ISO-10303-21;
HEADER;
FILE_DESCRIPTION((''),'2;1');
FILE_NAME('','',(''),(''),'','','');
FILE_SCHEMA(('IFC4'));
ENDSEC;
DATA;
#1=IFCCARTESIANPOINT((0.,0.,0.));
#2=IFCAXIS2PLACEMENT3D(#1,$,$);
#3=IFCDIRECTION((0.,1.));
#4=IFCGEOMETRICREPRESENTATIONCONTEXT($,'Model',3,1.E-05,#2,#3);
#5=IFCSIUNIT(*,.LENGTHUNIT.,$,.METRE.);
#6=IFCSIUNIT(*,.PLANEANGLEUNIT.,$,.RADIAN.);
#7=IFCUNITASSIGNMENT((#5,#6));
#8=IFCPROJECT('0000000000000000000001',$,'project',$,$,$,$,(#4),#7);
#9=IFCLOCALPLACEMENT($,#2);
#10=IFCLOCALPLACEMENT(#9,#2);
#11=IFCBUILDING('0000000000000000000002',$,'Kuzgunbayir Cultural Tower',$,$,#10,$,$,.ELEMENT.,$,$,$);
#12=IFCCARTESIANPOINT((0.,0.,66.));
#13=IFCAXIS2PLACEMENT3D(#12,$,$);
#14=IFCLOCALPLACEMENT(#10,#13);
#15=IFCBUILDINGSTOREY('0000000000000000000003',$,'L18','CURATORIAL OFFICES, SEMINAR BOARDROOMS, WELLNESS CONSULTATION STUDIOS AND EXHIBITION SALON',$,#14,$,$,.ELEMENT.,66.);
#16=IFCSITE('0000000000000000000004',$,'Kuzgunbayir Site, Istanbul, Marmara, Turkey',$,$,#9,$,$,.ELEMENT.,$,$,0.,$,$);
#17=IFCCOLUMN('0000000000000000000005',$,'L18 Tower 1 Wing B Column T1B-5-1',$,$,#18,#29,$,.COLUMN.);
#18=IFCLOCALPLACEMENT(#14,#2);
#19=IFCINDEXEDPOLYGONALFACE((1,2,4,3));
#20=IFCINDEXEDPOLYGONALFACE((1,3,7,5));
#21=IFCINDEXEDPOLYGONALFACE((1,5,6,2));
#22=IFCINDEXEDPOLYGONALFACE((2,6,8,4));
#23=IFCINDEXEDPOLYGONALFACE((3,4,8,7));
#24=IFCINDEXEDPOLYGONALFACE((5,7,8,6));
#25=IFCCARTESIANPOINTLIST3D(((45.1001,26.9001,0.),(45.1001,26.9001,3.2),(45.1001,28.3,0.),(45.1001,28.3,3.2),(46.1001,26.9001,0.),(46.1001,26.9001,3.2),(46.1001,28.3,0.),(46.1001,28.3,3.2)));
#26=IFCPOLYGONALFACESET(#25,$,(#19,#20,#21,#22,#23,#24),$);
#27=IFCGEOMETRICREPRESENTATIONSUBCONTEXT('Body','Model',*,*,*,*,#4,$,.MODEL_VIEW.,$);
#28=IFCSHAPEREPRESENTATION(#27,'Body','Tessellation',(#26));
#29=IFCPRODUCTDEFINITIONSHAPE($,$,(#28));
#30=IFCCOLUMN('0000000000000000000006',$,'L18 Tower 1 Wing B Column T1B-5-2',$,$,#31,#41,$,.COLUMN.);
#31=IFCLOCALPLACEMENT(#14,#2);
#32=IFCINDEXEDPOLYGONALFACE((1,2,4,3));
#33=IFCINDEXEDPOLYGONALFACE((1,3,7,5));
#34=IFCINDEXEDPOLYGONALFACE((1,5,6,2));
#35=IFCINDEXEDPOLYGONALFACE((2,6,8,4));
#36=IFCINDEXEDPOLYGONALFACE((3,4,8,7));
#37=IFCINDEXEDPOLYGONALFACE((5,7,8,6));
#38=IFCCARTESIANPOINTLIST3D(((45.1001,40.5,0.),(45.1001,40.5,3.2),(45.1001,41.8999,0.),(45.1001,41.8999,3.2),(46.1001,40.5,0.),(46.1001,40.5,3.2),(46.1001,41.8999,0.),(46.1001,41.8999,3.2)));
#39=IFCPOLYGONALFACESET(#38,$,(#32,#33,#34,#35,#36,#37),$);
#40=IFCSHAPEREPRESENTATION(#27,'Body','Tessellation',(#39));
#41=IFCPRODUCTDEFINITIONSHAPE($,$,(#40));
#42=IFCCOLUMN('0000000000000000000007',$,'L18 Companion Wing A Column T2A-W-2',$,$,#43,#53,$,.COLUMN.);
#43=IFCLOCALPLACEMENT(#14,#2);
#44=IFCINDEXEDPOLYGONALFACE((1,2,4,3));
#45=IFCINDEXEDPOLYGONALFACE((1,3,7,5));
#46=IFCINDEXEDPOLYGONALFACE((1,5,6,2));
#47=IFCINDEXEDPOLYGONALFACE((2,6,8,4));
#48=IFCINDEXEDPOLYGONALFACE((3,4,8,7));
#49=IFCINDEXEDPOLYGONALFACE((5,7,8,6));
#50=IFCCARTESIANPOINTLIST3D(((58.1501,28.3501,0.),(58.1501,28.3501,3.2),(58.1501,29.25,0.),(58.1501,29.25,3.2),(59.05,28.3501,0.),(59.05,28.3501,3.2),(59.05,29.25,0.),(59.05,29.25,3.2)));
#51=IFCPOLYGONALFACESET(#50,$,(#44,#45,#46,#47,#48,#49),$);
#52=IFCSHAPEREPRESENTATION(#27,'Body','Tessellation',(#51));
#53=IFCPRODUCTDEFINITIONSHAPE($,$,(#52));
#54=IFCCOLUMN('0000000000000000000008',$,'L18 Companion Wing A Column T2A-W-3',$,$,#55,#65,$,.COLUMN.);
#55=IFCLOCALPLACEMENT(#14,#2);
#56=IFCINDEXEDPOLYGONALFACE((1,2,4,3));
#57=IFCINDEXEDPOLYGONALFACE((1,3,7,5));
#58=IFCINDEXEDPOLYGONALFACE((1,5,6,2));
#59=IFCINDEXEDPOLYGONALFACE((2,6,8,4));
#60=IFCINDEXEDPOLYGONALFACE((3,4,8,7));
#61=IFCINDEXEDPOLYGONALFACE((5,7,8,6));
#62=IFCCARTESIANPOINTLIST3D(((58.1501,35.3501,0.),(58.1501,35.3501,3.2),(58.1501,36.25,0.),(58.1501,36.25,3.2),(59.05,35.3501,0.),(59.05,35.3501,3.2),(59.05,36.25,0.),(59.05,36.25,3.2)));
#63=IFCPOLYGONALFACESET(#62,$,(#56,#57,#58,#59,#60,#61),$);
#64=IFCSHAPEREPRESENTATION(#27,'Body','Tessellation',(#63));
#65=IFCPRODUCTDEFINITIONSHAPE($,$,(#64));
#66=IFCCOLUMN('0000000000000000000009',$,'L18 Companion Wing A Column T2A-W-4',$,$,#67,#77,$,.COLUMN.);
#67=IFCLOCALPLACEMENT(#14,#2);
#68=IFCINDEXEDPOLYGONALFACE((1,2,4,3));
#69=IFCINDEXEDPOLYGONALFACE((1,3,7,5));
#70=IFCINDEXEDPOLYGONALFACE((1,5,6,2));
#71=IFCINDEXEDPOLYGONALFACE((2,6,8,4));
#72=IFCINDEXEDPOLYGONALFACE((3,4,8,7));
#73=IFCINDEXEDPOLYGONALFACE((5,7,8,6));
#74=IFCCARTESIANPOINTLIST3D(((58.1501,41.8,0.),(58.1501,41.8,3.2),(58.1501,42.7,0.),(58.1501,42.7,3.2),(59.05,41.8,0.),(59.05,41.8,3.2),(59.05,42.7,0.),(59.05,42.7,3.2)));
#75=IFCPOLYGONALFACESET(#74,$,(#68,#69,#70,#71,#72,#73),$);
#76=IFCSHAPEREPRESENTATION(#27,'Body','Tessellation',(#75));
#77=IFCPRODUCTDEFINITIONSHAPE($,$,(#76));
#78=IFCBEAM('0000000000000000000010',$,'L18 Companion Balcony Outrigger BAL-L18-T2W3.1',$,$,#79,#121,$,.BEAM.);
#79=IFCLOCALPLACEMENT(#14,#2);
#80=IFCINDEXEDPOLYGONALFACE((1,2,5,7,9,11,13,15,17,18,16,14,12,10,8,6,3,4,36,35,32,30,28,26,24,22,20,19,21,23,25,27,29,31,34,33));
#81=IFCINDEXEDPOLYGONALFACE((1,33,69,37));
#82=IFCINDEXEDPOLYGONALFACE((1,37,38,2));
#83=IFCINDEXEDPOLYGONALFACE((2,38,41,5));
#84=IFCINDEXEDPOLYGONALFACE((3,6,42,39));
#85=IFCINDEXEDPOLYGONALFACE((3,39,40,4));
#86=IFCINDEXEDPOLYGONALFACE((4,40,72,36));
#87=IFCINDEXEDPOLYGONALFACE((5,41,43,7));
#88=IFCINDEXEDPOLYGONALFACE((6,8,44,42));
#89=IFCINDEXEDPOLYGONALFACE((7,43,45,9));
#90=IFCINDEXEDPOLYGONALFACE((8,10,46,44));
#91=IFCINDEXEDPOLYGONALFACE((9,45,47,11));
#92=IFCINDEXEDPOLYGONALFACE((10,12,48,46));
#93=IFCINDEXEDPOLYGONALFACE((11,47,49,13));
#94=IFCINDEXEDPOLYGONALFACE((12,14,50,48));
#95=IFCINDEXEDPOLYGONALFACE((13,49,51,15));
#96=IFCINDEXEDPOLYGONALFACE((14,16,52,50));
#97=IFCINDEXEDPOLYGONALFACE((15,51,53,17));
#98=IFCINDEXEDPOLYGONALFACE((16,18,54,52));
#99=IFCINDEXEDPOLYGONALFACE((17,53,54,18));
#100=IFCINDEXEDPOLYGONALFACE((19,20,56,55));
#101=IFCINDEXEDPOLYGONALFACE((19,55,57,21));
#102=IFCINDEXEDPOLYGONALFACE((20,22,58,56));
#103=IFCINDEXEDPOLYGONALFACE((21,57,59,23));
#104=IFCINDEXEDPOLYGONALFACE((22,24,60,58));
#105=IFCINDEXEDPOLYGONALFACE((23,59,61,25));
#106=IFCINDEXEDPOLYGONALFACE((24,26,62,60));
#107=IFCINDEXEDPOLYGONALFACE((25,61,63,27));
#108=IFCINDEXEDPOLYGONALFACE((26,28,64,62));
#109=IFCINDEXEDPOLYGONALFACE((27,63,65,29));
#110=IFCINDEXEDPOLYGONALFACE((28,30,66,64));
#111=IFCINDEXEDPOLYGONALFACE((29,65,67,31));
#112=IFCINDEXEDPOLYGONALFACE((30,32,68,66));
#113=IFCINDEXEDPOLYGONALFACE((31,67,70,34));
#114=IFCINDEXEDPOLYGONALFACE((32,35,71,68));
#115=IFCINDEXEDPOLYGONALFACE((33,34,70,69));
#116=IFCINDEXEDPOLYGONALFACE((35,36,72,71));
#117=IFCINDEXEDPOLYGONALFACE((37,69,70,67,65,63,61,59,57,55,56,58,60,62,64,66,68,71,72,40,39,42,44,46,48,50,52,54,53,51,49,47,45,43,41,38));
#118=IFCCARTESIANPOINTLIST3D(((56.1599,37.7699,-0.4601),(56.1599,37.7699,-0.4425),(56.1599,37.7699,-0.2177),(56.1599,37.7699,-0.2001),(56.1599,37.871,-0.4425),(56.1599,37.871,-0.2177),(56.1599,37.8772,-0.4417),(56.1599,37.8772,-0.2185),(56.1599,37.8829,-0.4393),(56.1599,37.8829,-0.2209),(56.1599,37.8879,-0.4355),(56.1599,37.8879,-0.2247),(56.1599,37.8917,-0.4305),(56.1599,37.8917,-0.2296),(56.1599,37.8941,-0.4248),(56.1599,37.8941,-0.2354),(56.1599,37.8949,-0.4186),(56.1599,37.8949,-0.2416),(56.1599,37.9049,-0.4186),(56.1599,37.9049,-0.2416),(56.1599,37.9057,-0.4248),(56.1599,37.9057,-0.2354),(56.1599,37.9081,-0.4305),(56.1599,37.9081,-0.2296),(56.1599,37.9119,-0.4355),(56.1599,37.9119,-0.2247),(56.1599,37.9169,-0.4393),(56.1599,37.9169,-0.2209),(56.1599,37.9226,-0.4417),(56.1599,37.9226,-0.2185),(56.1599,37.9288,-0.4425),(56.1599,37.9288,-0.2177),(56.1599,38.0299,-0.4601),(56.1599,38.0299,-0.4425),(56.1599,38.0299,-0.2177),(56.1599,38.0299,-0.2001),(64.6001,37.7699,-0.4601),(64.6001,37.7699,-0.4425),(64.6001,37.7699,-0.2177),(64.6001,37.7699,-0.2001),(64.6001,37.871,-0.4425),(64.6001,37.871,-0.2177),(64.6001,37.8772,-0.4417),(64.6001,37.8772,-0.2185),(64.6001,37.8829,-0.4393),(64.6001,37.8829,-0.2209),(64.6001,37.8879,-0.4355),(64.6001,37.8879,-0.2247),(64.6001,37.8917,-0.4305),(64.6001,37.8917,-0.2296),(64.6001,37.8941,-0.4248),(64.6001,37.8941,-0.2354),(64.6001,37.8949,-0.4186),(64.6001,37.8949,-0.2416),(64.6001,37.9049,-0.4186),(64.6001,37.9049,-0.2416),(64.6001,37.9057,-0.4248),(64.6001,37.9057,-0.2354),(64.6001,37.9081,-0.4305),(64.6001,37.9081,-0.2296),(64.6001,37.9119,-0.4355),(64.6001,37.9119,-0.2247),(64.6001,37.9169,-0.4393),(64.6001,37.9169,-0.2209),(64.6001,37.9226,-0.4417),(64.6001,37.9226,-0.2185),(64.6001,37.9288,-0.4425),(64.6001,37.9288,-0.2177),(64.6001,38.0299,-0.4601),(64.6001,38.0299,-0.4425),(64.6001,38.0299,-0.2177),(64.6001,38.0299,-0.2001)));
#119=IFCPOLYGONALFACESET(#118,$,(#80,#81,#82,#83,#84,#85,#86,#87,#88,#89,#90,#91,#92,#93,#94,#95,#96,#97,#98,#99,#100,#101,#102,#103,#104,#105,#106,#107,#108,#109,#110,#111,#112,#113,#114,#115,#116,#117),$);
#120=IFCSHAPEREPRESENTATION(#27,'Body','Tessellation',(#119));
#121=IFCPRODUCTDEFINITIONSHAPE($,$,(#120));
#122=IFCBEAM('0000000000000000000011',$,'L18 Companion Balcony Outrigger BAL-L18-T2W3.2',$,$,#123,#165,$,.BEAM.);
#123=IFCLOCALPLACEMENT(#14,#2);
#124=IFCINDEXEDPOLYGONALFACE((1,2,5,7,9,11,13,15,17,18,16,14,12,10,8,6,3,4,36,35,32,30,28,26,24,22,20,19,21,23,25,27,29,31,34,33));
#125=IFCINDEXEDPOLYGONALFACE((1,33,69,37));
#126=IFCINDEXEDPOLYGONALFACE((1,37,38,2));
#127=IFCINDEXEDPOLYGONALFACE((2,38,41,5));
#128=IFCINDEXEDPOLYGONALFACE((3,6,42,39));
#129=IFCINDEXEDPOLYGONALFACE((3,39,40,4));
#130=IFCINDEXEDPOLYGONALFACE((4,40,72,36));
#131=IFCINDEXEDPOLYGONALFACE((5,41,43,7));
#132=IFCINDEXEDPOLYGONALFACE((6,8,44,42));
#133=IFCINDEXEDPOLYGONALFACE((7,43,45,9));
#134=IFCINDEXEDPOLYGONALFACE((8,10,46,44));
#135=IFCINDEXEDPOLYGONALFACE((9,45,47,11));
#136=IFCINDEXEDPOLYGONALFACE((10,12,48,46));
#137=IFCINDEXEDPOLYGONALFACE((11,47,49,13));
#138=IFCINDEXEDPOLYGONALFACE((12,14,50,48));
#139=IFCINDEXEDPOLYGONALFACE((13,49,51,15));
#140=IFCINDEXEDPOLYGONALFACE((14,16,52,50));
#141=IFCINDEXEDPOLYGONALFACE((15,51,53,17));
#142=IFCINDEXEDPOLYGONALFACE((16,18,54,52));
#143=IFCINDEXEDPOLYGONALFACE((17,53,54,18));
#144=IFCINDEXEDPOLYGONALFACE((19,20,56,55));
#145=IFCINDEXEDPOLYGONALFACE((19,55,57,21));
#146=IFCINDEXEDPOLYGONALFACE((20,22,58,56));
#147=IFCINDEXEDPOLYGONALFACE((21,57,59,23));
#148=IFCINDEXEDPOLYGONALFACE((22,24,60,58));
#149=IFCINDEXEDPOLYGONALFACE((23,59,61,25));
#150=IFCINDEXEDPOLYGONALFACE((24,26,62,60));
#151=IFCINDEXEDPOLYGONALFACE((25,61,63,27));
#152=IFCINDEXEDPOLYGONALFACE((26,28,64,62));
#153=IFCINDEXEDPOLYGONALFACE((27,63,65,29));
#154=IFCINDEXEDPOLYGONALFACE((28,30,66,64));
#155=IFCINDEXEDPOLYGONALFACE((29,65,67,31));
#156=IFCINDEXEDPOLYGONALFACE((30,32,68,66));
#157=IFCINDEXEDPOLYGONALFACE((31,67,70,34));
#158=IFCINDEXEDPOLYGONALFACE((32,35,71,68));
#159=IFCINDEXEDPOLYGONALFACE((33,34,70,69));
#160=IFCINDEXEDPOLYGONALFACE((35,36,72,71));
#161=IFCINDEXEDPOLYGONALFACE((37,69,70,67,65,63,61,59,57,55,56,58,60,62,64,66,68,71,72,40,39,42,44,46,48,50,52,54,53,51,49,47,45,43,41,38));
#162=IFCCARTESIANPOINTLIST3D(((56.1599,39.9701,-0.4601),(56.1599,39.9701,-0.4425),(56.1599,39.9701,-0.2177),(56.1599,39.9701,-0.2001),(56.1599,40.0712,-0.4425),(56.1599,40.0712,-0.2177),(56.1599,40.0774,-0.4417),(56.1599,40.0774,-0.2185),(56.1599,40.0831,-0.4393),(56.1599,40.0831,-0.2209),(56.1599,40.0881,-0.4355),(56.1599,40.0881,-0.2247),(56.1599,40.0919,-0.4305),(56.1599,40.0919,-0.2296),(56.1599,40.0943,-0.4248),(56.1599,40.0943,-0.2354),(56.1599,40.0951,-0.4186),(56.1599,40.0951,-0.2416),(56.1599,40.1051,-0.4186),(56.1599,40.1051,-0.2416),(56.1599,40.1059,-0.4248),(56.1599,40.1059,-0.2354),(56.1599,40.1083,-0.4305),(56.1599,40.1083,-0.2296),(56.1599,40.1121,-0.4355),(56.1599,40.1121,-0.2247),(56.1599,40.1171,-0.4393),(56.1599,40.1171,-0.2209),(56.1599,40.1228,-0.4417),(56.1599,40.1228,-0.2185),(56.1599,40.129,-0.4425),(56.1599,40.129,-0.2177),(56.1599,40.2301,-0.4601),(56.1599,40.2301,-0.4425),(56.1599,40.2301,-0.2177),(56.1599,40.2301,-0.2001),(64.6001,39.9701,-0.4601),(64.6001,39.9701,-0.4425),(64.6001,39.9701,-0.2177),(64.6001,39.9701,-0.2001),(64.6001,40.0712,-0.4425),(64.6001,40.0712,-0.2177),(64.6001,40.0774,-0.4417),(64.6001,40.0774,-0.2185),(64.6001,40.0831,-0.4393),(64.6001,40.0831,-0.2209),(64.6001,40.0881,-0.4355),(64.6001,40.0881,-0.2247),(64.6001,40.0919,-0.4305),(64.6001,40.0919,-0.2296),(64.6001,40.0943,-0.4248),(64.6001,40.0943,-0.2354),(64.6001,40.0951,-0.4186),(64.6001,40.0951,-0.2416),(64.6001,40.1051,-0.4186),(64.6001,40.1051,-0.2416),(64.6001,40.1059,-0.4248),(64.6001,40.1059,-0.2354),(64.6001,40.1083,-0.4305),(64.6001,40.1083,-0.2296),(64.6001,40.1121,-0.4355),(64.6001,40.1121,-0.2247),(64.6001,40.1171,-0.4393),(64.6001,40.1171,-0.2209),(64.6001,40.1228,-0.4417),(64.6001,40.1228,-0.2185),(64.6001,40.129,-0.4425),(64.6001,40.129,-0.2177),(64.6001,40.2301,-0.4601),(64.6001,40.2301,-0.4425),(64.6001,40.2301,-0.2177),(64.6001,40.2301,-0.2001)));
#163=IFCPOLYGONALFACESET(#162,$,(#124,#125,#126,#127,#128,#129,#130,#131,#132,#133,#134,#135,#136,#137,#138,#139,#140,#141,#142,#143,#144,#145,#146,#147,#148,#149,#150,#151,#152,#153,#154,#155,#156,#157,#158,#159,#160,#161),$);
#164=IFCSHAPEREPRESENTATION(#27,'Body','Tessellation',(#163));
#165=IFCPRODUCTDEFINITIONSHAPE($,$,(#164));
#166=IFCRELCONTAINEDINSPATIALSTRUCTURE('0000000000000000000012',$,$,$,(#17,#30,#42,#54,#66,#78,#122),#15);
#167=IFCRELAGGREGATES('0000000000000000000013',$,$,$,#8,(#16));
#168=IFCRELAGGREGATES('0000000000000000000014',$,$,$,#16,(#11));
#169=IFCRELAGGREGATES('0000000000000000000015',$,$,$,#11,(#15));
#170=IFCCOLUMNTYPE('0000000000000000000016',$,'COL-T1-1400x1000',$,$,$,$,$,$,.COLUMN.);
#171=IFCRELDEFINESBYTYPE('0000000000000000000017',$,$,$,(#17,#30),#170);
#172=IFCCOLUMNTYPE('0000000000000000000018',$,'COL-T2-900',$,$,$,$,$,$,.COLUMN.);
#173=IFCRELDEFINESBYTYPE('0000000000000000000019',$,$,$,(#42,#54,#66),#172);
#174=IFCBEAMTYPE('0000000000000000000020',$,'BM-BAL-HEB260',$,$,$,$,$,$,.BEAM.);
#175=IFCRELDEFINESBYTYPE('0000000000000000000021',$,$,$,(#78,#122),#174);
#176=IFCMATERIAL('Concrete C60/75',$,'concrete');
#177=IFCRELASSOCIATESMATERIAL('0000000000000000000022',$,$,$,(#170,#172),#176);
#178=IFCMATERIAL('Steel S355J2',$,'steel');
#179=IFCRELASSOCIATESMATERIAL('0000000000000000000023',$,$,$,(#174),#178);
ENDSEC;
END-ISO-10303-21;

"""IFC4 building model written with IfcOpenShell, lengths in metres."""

from ifc_helpers import new_model, si_unit, direction, frame, origin, origin_2d, place, context, subcontext, project, spatial, rectangle, i_section, extrude, material, material_profile, profile_set, type_object, element, save


model = new_model("IFC4")

# Units and contexts
model_context = context("Model", 3, precision=1e-05, world=origin(), true_north=direction((0.0, 1.0)))
body_context = subcontext(model_context, "Body", "Model", "MODEL_VIEW")
ifc_project = project(units=[si_unit("LENGTHUNIT", "METRE"), si_unit("PLANEANGLEUNIT", "RADIAN")], contexts=[model_context])

# Site, building, storey
site_placement = place(None, origin())
site = spatial("IfcSite", under=ifc_project, at=site_placement, Name="Kuzgunbayir Site, Istanbul, Marmara, Turkey", CompositionType="ELEMENT", RefElevation=0.0)
building_placement = place(site_placement, origin())
building = spatial("IfcBuilding", under=site, at=building_placement, Name="Kuzgunbayir Cultural Tower", CompositionType="ELEMENT")
storey_placement = place(building_placement, frame((0.0, 0.0, 66.0)))
storey = spatial("IfcBuildingStorey", under=building, at=storey_placement, Name="L18", Description="CURATORIAL OFFICES, SEMINAR BOARDROOMS, WELLNESS CONSULTATION STUDIOS AND EXHIBITION SALON", CompositionType="ELEMENT", Elevation=66.0)

# Columns
ifc_material_1 = material(Name="Concrete C60/75", Category="concrete")
ifc_material_profile_1 = material_profile(ifc_material_1, rectangle(XDim=1.0, YDim=1.3999, at=origin_2d()), Name="RC 1400x1000")
ifc_profile_set_1 = profile_set([ifc_material_profile_1], Name="Concrete C60/75")
column_type_1 = type_object("IfcColumnType", Name="COL-T1-1400x1000", PredefinedType="COLUMN", material=ifc_profile_set_1)
for number, where, z_axis, x_axis, name in (
    (1, (45.6001, 27.6001, 0.0), (0.0, 0.0, 1.0), (1.0, 0.0, 0.0), "L18 Tower 1 Wing B Column T1B-5-1"),
    (2, (45.6001, 41.2, 0.0), (0.0, 0.0, 1.0), (1.0, 0.0, 0.0), "L18 Tower 1 Wing B Column T1B-5-2"),
):
    element("IfcColumn", number, at=place(storey_placement, frame(where, z_axis=z_axis, x_axis=x_axis)), inside=storey, type_object=column_type_1, Name=name, PredefinedType="COLUMN", context=body_context, shape_type="SweptSolid", body=[
        extrude(rectangle(XDim=1.0, YDim=1.3999, at=origin_2d()), origin(), (0.0, 0.0, 1.0), 3.2),
    ])
ifc_material_profile_2 = material_profile(ifc_material_1, rectangle(XDim=0.8999, YDim=0.8999, at=origin_2d()), Name="RC 900x900")
ifc_profile_set_2 = profile_set([ifc_material_profile_2], Name="Concrete C60/75")
column_type_2 = type_object("IfcColumnType", Name="COL-T2-900", PredefinedType="COLUMN", material=ifc_profile_set_2)
for number, where, z_axis, x_axis, name in (
    (3, (58.6001, 28.8, 0.0), (0.0, 0.0, 1.0), (1.0, 0.0, 0.0), "L18 Companion Wing A Column T2A-W-2"),
    (4, (58.6001, 35.8, 0.0), (0.0, 0.0, 1.0), (1.0, 0.0, 0.0), "L18 Companion Wing A Column T2A-W-3"),
    (5, (58.6001, 42.25, 0.0), (0.0, 0.0, 1.0), (1.0, 0.0, 0.0), "L18 Companion Wing A Column T2A-W-4"),
):
    element("IfcColumn", number, at=place(storey_placement, frame(where, z_axis=z_axis, x_axis=x_axis)), inside=storey, type_object=column_type_2, Name=name, PredefinedType="COLUMN", context=body_context, shape_type="SweptSolid", body=[
        extrude(rectangle(XDim=0.8999, YDim=0.8999, at=origin_2d()), origin(), (0.0, 0.0, 1.0), 3.2),
    ])

# Beams
ifc_material_2 = material(Name="Steel S355J2", Category="steel")
ifc_material_profile_3 = material_profile(ifc_material_2, i_section(OverallWidth=0.26, OverallDepth=0.26, WebThickness=0.01, FlangeThickness=0.0176, FilletRadius=0.0239, at=origin_2d()), Name="HEB 260")
ifc_profile_set_3 = profile_set([ifc_material_profile_3], Name="Steel S355J2")
beam_type_1 = type_object("IfcBeamType", Name="BM-BAL-HEB260", PredefinedType="BEAM", material=ifc_profile_set_3)
for number, where, z_axis, x_axis, name in (
    (6, (56.1599, 37.8999, -0.3301), (1.0, 0.0, 0.0), (0.0, 1.0, 0.0), "L18 Companion Balcony Outrigger BAL-L18-T2W3.1"),
    (7, (56.1599, 40.1001, -0.3301), (1.0, 0.0, 0.0), (0.0, 1.0, 0.0), "L18 Companion Balcony Outrigger BAL-L18-T2W3.2"),
):
    element("IfcBeam", number, at=place(storey_placement, frame(where, z_axis=z_axis, x_axis=x_axis)), inside=storey, type_object=beam_type_1, Name=name, PredefinedType="BEAM", context=body_context, shape_type="SweptSolid", body=[
        extrude(i_section(OverallWidth=0.26, OverallDepth=0.26, WebThickness=0.01, FlangeThickness=0.0176, FilletRadius=0.0239, at=origin_2d()), origin(), (0.0, 0.0, 1.0), 8.4402),
    ])

save(model, "model.ifc")
